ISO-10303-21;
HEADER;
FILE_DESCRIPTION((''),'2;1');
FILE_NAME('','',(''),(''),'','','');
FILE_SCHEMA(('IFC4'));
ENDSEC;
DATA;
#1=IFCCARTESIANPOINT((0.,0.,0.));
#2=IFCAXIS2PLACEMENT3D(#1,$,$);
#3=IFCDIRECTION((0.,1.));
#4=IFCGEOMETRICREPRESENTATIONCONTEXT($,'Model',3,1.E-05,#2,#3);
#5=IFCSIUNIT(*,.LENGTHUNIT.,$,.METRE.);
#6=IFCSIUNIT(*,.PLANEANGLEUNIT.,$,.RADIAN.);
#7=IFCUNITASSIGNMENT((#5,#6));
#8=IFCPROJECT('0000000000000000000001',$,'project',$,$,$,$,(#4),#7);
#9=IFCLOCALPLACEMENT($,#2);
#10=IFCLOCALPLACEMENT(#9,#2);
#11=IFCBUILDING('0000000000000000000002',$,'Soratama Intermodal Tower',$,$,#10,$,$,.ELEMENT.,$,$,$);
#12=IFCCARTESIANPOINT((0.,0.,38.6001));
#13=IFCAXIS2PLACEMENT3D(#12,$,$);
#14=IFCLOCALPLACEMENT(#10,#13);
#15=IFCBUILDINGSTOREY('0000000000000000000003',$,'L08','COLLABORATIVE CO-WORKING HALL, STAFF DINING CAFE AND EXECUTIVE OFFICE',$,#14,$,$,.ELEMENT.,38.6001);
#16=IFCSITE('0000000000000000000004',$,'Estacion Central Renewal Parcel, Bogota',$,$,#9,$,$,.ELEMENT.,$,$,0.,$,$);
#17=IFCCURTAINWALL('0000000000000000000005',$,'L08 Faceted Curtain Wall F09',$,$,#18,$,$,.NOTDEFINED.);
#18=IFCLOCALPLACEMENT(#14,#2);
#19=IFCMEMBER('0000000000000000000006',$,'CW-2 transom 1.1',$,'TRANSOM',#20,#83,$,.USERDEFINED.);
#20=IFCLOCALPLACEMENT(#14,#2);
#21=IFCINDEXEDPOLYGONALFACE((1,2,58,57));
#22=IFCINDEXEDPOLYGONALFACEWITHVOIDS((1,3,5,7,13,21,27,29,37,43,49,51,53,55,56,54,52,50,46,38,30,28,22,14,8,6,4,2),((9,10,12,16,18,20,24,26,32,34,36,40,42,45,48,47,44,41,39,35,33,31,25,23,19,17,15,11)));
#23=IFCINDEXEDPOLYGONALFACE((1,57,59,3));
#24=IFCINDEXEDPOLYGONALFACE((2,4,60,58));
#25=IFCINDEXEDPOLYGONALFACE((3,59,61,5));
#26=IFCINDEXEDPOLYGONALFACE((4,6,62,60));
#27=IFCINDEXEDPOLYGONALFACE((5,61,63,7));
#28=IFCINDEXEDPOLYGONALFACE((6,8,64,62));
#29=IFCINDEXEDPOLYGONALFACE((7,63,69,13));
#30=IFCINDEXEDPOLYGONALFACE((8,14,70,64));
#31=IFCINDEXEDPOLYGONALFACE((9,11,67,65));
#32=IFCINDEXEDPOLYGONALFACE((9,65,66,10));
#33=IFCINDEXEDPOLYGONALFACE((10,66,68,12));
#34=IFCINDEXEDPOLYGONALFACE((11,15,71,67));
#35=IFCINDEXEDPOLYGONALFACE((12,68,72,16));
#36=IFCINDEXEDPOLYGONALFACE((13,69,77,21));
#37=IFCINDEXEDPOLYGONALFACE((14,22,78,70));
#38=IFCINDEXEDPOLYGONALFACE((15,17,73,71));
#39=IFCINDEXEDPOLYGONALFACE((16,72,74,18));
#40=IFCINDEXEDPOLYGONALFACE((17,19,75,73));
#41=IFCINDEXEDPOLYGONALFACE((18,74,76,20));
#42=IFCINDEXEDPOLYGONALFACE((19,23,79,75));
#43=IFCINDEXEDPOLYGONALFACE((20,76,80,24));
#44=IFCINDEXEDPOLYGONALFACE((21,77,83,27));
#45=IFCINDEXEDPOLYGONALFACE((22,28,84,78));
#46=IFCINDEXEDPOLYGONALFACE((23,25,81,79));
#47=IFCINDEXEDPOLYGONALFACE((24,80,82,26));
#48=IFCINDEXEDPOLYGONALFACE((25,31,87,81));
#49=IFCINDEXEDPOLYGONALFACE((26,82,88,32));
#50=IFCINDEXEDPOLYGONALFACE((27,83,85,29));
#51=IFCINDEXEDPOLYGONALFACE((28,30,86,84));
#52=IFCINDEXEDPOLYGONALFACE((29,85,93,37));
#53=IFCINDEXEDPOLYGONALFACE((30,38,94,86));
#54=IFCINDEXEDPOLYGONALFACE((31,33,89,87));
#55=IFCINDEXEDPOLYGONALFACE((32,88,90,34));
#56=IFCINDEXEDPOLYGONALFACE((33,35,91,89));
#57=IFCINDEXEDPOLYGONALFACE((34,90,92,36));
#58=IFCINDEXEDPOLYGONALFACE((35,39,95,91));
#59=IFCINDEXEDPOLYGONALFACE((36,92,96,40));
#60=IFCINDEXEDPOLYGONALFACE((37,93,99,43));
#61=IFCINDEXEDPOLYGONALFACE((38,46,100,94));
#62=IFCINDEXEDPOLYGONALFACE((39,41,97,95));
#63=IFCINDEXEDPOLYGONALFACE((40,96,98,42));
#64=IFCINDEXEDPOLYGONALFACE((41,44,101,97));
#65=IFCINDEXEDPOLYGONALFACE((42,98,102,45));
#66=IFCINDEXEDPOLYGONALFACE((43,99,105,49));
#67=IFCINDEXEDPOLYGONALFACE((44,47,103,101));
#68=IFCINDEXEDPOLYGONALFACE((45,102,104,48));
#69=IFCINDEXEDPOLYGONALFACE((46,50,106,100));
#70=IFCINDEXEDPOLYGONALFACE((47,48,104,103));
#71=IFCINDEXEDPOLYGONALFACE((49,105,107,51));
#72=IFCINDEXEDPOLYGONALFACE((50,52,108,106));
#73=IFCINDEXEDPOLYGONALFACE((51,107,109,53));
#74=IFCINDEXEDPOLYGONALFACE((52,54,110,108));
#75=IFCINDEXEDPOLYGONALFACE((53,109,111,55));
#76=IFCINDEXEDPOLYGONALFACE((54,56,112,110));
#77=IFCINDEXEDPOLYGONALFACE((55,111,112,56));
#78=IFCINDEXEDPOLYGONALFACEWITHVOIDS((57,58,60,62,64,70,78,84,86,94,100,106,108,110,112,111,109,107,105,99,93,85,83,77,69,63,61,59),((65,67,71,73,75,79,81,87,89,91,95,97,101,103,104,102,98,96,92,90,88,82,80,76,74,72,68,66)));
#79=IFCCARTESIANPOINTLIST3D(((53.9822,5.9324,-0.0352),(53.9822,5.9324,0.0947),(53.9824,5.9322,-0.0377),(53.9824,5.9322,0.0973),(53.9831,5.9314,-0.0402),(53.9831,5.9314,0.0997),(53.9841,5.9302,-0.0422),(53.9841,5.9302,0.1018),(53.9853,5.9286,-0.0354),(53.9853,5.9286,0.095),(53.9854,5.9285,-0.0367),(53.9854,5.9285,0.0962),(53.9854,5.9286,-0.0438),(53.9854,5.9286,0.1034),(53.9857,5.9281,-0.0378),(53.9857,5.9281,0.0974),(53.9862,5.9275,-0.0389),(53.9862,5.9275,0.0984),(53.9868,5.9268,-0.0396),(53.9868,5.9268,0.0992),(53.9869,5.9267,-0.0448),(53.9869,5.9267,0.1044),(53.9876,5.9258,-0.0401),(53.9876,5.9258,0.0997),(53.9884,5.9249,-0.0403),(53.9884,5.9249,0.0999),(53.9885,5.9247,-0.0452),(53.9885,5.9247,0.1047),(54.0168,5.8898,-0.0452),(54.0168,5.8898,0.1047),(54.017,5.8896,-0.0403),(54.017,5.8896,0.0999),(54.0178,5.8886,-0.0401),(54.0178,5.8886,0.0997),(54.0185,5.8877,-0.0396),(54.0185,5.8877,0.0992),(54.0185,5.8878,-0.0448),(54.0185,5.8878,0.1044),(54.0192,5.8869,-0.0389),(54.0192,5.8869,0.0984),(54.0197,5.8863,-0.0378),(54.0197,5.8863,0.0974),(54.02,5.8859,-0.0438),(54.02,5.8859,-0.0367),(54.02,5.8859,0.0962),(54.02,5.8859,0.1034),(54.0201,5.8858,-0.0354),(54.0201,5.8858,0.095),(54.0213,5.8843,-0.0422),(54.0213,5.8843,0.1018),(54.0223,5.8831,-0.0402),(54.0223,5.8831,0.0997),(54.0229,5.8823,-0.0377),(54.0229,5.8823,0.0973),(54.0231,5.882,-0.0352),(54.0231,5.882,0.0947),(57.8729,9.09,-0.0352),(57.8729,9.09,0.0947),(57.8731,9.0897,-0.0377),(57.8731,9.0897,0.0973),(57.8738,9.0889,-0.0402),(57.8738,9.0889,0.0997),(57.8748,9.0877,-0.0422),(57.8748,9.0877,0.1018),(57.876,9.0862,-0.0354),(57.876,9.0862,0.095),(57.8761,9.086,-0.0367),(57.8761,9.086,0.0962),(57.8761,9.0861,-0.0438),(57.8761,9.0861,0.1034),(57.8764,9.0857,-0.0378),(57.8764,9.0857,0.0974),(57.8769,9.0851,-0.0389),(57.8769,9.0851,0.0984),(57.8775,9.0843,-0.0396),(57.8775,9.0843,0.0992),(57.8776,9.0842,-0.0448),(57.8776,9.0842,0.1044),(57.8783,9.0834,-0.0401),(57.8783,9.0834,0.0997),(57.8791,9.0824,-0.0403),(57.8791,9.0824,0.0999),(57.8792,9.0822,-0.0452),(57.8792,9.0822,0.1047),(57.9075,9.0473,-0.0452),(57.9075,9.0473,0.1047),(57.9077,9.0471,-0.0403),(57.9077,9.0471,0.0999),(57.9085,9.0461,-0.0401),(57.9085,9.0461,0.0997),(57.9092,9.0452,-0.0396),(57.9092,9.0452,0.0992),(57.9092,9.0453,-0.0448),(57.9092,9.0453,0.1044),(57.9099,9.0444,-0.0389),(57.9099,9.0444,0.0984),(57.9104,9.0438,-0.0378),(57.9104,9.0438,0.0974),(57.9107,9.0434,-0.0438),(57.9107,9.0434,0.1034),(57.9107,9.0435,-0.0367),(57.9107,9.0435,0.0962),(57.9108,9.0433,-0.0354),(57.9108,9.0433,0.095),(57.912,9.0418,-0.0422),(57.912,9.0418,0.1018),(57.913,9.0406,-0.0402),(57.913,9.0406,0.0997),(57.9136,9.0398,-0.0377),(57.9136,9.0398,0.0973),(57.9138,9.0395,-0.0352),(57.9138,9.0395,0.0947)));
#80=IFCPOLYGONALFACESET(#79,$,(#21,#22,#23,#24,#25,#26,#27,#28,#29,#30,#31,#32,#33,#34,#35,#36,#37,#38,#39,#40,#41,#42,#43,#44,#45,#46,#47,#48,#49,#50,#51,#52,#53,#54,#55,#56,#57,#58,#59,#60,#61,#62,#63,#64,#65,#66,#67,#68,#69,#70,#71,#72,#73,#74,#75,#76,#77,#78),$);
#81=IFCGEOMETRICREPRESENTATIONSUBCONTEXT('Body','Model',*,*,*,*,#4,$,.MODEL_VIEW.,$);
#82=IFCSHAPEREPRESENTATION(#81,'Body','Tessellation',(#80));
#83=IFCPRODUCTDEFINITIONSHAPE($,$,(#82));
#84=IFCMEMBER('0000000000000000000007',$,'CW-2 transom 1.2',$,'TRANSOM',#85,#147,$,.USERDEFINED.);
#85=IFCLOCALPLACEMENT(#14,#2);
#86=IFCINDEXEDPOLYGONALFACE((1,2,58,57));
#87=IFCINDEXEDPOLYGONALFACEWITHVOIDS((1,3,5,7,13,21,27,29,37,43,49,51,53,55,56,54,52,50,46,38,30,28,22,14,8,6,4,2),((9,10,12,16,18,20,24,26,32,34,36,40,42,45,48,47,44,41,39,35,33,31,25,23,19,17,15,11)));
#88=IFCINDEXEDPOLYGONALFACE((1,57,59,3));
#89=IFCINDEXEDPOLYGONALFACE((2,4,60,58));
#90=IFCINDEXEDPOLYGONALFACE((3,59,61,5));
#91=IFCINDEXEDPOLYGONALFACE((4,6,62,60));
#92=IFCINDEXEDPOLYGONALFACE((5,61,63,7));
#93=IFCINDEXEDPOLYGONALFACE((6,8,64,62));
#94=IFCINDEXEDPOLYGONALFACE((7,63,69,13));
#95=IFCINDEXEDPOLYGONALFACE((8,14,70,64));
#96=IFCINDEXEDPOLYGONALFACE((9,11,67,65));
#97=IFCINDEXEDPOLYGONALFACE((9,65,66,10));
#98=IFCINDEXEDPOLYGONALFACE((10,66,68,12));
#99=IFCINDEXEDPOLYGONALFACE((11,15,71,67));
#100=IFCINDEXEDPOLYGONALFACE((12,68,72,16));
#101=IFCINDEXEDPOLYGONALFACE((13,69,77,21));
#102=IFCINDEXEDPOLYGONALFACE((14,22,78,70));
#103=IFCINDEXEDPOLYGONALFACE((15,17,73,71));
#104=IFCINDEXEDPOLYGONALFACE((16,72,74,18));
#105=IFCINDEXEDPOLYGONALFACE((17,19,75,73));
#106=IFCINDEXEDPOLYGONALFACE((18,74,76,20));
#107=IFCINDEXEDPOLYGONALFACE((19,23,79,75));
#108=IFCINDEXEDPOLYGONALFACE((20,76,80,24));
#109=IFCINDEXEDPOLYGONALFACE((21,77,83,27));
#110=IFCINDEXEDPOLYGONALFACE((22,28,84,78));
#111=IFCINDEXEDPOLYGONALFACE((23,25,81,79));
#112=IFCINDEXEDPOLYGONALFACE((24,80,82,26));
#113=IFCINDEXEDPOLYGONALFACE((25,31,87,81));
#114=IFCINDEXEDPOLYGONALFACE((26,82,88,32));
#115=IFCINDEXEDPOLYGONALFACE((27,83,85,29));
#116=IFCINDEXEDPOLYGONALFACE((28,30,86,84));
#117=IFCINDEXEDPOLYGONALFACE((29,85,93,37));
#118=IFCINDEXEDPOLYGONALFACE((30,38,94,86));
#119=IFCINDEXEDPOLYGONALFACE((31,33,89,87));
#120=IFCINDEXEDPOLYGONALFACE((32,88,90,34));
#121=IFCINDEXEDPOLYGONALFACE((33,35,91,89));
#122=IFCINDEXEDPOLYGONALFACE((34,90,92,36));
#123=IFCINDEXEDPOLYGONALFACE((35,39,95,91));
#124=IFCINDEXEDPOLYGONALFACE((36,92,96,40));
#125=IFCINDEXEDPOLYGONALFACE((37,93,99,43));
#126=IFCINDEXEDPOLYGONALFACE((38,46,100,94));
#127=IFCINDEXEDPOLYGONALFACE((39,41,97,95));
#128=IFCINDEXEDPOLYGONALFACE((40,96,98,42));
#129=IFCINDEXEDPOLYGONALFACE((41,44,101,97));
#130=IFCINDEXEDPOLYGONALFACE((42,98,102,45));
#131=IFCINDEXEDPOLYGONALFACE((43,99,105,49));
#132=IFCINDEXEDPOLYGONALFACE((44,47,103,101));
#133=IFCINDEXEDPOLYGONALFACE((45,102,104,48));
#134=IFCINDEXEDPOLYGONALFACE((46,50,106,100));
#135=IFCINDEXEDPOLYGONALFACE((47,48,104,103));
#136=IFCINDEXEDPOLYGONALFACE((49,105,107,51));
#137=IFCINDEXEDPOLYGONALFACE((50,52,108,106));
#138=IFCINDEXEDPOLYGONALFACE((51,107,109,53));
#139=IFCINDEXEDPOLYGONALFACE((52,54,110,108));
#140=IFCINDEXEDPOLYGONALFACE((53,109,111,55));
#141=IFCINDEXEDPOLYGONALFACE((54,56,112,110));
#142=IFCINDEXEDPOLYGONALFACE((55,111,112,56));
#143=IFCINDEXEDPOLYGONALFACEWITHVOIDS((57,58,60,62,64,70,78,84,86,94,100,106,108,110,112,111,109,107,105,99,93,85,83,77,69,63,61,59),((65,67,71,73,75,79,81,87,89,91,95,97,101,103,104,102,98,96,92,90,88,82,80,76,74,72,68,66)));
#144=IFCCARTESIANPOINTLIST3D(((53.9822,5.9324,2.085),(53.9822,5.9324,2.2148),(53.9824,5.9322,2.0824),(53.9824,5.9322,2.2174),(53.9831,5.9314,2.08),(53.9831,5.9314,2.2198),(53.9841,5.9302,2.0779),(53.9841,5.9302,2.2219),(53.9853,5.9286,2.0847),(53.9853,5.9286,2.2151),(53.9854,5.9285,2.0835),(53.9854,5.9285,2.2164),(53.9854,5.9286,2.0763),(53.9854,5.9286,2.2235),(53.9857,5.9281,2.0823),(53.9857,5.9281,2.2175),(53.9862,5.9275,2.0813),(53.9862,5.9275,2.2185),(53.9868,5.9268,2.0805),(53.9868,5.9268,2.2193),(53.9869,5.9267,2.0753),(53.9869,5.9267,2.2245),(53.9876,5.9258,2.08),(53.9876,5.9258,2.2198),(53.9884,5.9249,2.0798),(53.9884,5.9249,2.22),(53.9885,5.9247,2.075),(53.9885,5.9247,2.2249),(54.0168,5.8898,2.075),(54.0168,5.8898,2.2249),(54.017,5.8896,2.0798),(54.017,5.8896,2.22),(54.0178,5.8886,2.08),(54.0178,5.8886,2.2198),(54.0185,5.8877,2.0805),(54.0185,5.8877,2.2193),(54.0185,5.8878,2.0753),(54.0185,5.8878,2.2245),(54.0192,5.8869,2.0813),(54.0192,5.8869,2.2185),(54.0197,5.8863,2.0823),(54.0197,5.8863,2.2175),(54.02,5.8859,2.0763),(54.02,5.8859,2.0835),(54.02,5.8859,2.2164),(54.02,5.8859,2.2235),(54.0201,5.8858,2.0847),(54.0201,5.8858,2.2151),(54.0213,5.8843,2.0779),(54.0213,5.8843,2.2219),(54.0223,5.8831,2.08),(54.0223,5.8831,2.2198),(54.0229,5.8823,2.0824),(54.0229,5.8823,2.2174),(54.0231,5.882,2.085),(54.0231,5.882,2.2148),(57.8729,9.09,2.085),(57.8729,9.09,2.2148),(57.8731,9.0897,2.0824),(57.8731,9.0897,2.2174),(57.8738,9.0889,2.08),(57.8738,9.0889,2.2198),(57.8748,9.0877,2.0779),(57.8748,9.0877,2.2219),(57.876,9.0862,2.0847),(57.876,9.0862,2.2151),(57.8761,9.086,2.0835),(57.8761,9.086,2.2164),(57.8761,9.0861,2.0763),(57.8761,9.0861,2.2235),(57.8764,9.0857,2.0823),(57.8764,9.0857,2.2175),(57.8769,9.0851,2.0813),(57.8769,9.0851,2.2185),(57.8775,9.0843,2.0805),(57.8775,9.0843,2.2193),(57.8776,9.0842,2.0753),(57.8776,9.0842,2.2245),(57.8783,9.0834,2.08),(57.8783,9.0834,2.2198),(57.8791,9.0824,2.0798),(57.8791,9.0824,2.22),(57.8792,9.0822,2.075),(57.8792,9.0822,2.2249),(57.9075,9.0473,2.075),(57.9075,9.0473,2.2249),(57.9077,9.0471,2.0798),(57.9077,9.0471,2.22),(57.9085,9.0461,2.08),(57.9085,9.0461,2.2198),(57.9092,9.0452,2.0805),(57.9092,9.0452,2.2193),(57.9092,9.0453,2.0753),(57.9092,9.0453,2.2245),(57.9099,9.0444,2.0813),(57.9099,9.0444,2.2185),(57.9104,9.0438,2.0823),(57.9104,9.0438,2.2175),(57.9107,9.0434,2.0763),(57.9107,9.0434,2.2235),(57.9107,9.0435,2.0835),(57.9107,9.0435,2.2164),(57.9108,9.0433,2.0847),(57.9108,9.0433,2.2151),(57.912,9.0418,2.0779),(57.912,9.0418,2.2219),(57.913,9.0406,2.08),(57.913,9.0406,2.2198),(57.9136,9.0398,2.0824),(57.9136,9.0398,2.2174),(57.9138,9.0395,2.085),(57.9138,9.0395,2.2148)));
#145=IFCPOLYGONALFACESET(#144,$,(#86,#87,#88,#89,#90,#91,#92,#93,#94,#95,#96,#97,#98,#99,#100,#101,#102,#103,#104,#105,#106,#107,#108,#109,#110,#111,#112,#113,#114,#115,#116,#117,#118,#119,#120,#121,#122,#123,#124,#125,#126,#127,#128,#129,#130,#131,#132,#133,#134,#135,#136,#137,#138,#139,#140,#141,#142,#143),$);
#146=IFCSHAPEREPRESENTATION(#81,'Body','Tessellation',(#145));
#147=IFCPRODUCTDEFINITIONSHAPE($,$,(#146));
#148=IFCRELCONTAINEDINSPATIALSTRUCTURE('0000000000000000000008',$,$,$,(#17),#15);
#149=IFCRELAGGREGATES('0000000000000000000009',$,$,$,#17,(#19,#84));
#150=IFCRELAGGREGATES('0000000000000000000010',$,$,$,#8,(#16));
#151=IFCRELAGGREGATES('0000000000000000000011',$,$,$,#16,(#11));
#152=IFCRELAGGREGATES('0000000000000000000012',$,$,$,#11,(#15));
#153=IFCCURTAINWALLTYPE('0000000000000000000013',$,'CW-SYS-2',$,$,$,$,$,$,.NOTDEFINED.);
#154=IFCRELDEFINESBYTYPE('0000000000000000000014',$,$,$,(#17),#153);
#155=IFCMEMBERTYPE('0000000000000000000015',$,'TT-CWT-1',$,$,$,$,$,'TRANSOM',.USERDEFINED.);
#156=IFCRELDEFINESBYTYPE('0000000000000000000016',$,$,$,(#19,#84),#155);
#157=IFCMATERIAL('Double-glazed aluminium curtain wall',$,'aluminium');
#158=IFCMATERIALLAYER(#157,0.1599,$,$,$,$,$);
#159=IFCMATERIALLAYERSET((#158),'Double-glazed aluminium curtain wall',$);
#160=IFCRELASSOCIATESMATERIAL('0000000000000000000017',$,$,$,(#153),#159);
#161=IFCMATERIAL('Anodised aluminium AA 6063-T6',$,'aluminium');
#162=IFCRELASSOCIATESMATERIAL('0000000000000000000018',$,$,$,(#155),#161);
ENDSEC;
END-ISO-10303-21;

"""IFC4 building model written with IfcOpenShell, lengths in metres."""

from ifc_helpers import new_model, si_unit, direction, frame, origin, origin_2d, place, context, subcontext, project, spatial, hollow_rectangle, extrude, material, layer, layer_set, material_profile, profile_set, type_object, element, aggregate, save


model = new_model("IFC4")

# Units and contexts
model_context = context("Model", 3, precision=1e-05, world=origin(), true_north=direction((0.0, 1.0)))
body_context = subcontext(model_context, "Body", "Model", "MODEL_VIEW")
ifc_project = project(units=[si_unit("LENGTHUNIT", "METRE"), si_unit("PLANEANGLEUNIT", "RADIAN")], contexts=[model_context])

# Site, building, storey
site_placement = place(None, origin())
site = spatial("IfcSite", under=ifc_project, at=site_placement, Name="Estacion Central Renewal Parcel, Bogota", CompositionType="ELEMENT", RefElevation=0.0)
building_placement = place(site_placement, origin())
building = spatial("IfcBuilding", under=site, at=building_placement, Name="Soratama Intermodal Tower", CompositionType="ELEMENT")
storey_placement = place(building_placement, frame((0.0, 0.0, 38.6001)))
storey = spatial("IfcBuildingStorey", under=building, at=storey_placement, Name="L08", Description="COLLABORATIVE CO-WORKING HALL, STAFF DINING CAFE AND EXECUTIVE OFFICE", CompositionType="ELEMENT", Elevation=38.6001)

# Curtain wall, members
ifc_material_1 = material(Name="Double-glazed aluminium curtain wall", Category="aluminium")
ifc_layer_1 = layer(ifc_material_1, 0.1599)
ifc_layer_set_1 = layer_set([ifc_layer_1], Name="Double-glazed aluminium curtain wall")
curtain_wall_type = type_object("IfcCurtainWallType", Name="CW-SYS-2", PredefinedType="NOTDEFINED", material=ifc_layer_set_1)
curtain_wall_placement = place(storey_placement, origin())
curtain_wall = element("IfcCurtainWall", 1, at=curtain_wall_placement, inside=storey, type_object=curtain_wall_type, Name="L08 Faceted Curtain Wall F09", PredefinedType="NOTDEFINED")
ifc_material_2 = material(Name="Anodised aluminium AA 6063-T6", Category="aluminium")
ifc_material_profile_1 = material_profile(ifc_material_2, hollow_rectangle(XDim=0.0649, YDim=0.1499, WallThickness=0.0049, InnerFilletRadius=0.0049, OuterFilletRadius=0.01, at=origin_2d()), Name="CWT150X65X5")
ifc_profile_set_1 = profile_set([ifc_material_profile_1], Name="Anodised aluminium AA 6063-T6")
member_type_1 = type_object("IfcMemberType", Name="TT-CWT-1", ElementType="TRANSOM", PredefinedType="USERDEFINED", material=ifc_profile_set_1)
member_1_placement = place(storey_placement, frame((54.0027, 5.9072, 0.0298), z_axis=(0.776472, 0.630152, 0.0), x_axis=(-0.630152, 0.776472, 0.0)))
member_1 = element("IfcMember", 2, at=member_1_placement, type_object=member_type_1, Name="CW-2 transom 1.1", ObjectType="TRANSOM", PredefinedType="USERDEFINED", context=body_context, shape_type="SweptSolid", body=[
    extrude(hollow_rectangle(XDim=0.0649, YDim=0.1499, WallThickness=0.0049, InnerFilletRadius=0.0049, OuterFilletRadius=0.01, at=origin_2d()), origin(), (0.0, 0.0, 1.0), 5.0107),
])
member_2_placement = place(storey_placement, frame((54.0027, 5.9072, 2.1499), z_axis=(0.776472, 0.630152, 0.0), x_axis=(-0.630152, 0.776472, 0.0)))
member_2 = element("IfcMember", 3, at=member_2_placement, type_object=member_type_1, Name="CW-2 transom 1.2", ObjectType="TRANSOM", PredefinedType="USERDEFINED", context=body_context, shape_type="SweptSolid", body=[
    extrude(hollow_rectangle(XDim=0.0649, YDim=0.1499, WallThickness=0.0049, InnerFilletRadius=0.0049, OuterFilletRadius=0.01, at=origin_2d()), origin(), (0.0, 0.0, 1.0), 5.0107),
])
aggregate(curtain_wall, [member_1, member_2])

save(model, "model.ifc")
